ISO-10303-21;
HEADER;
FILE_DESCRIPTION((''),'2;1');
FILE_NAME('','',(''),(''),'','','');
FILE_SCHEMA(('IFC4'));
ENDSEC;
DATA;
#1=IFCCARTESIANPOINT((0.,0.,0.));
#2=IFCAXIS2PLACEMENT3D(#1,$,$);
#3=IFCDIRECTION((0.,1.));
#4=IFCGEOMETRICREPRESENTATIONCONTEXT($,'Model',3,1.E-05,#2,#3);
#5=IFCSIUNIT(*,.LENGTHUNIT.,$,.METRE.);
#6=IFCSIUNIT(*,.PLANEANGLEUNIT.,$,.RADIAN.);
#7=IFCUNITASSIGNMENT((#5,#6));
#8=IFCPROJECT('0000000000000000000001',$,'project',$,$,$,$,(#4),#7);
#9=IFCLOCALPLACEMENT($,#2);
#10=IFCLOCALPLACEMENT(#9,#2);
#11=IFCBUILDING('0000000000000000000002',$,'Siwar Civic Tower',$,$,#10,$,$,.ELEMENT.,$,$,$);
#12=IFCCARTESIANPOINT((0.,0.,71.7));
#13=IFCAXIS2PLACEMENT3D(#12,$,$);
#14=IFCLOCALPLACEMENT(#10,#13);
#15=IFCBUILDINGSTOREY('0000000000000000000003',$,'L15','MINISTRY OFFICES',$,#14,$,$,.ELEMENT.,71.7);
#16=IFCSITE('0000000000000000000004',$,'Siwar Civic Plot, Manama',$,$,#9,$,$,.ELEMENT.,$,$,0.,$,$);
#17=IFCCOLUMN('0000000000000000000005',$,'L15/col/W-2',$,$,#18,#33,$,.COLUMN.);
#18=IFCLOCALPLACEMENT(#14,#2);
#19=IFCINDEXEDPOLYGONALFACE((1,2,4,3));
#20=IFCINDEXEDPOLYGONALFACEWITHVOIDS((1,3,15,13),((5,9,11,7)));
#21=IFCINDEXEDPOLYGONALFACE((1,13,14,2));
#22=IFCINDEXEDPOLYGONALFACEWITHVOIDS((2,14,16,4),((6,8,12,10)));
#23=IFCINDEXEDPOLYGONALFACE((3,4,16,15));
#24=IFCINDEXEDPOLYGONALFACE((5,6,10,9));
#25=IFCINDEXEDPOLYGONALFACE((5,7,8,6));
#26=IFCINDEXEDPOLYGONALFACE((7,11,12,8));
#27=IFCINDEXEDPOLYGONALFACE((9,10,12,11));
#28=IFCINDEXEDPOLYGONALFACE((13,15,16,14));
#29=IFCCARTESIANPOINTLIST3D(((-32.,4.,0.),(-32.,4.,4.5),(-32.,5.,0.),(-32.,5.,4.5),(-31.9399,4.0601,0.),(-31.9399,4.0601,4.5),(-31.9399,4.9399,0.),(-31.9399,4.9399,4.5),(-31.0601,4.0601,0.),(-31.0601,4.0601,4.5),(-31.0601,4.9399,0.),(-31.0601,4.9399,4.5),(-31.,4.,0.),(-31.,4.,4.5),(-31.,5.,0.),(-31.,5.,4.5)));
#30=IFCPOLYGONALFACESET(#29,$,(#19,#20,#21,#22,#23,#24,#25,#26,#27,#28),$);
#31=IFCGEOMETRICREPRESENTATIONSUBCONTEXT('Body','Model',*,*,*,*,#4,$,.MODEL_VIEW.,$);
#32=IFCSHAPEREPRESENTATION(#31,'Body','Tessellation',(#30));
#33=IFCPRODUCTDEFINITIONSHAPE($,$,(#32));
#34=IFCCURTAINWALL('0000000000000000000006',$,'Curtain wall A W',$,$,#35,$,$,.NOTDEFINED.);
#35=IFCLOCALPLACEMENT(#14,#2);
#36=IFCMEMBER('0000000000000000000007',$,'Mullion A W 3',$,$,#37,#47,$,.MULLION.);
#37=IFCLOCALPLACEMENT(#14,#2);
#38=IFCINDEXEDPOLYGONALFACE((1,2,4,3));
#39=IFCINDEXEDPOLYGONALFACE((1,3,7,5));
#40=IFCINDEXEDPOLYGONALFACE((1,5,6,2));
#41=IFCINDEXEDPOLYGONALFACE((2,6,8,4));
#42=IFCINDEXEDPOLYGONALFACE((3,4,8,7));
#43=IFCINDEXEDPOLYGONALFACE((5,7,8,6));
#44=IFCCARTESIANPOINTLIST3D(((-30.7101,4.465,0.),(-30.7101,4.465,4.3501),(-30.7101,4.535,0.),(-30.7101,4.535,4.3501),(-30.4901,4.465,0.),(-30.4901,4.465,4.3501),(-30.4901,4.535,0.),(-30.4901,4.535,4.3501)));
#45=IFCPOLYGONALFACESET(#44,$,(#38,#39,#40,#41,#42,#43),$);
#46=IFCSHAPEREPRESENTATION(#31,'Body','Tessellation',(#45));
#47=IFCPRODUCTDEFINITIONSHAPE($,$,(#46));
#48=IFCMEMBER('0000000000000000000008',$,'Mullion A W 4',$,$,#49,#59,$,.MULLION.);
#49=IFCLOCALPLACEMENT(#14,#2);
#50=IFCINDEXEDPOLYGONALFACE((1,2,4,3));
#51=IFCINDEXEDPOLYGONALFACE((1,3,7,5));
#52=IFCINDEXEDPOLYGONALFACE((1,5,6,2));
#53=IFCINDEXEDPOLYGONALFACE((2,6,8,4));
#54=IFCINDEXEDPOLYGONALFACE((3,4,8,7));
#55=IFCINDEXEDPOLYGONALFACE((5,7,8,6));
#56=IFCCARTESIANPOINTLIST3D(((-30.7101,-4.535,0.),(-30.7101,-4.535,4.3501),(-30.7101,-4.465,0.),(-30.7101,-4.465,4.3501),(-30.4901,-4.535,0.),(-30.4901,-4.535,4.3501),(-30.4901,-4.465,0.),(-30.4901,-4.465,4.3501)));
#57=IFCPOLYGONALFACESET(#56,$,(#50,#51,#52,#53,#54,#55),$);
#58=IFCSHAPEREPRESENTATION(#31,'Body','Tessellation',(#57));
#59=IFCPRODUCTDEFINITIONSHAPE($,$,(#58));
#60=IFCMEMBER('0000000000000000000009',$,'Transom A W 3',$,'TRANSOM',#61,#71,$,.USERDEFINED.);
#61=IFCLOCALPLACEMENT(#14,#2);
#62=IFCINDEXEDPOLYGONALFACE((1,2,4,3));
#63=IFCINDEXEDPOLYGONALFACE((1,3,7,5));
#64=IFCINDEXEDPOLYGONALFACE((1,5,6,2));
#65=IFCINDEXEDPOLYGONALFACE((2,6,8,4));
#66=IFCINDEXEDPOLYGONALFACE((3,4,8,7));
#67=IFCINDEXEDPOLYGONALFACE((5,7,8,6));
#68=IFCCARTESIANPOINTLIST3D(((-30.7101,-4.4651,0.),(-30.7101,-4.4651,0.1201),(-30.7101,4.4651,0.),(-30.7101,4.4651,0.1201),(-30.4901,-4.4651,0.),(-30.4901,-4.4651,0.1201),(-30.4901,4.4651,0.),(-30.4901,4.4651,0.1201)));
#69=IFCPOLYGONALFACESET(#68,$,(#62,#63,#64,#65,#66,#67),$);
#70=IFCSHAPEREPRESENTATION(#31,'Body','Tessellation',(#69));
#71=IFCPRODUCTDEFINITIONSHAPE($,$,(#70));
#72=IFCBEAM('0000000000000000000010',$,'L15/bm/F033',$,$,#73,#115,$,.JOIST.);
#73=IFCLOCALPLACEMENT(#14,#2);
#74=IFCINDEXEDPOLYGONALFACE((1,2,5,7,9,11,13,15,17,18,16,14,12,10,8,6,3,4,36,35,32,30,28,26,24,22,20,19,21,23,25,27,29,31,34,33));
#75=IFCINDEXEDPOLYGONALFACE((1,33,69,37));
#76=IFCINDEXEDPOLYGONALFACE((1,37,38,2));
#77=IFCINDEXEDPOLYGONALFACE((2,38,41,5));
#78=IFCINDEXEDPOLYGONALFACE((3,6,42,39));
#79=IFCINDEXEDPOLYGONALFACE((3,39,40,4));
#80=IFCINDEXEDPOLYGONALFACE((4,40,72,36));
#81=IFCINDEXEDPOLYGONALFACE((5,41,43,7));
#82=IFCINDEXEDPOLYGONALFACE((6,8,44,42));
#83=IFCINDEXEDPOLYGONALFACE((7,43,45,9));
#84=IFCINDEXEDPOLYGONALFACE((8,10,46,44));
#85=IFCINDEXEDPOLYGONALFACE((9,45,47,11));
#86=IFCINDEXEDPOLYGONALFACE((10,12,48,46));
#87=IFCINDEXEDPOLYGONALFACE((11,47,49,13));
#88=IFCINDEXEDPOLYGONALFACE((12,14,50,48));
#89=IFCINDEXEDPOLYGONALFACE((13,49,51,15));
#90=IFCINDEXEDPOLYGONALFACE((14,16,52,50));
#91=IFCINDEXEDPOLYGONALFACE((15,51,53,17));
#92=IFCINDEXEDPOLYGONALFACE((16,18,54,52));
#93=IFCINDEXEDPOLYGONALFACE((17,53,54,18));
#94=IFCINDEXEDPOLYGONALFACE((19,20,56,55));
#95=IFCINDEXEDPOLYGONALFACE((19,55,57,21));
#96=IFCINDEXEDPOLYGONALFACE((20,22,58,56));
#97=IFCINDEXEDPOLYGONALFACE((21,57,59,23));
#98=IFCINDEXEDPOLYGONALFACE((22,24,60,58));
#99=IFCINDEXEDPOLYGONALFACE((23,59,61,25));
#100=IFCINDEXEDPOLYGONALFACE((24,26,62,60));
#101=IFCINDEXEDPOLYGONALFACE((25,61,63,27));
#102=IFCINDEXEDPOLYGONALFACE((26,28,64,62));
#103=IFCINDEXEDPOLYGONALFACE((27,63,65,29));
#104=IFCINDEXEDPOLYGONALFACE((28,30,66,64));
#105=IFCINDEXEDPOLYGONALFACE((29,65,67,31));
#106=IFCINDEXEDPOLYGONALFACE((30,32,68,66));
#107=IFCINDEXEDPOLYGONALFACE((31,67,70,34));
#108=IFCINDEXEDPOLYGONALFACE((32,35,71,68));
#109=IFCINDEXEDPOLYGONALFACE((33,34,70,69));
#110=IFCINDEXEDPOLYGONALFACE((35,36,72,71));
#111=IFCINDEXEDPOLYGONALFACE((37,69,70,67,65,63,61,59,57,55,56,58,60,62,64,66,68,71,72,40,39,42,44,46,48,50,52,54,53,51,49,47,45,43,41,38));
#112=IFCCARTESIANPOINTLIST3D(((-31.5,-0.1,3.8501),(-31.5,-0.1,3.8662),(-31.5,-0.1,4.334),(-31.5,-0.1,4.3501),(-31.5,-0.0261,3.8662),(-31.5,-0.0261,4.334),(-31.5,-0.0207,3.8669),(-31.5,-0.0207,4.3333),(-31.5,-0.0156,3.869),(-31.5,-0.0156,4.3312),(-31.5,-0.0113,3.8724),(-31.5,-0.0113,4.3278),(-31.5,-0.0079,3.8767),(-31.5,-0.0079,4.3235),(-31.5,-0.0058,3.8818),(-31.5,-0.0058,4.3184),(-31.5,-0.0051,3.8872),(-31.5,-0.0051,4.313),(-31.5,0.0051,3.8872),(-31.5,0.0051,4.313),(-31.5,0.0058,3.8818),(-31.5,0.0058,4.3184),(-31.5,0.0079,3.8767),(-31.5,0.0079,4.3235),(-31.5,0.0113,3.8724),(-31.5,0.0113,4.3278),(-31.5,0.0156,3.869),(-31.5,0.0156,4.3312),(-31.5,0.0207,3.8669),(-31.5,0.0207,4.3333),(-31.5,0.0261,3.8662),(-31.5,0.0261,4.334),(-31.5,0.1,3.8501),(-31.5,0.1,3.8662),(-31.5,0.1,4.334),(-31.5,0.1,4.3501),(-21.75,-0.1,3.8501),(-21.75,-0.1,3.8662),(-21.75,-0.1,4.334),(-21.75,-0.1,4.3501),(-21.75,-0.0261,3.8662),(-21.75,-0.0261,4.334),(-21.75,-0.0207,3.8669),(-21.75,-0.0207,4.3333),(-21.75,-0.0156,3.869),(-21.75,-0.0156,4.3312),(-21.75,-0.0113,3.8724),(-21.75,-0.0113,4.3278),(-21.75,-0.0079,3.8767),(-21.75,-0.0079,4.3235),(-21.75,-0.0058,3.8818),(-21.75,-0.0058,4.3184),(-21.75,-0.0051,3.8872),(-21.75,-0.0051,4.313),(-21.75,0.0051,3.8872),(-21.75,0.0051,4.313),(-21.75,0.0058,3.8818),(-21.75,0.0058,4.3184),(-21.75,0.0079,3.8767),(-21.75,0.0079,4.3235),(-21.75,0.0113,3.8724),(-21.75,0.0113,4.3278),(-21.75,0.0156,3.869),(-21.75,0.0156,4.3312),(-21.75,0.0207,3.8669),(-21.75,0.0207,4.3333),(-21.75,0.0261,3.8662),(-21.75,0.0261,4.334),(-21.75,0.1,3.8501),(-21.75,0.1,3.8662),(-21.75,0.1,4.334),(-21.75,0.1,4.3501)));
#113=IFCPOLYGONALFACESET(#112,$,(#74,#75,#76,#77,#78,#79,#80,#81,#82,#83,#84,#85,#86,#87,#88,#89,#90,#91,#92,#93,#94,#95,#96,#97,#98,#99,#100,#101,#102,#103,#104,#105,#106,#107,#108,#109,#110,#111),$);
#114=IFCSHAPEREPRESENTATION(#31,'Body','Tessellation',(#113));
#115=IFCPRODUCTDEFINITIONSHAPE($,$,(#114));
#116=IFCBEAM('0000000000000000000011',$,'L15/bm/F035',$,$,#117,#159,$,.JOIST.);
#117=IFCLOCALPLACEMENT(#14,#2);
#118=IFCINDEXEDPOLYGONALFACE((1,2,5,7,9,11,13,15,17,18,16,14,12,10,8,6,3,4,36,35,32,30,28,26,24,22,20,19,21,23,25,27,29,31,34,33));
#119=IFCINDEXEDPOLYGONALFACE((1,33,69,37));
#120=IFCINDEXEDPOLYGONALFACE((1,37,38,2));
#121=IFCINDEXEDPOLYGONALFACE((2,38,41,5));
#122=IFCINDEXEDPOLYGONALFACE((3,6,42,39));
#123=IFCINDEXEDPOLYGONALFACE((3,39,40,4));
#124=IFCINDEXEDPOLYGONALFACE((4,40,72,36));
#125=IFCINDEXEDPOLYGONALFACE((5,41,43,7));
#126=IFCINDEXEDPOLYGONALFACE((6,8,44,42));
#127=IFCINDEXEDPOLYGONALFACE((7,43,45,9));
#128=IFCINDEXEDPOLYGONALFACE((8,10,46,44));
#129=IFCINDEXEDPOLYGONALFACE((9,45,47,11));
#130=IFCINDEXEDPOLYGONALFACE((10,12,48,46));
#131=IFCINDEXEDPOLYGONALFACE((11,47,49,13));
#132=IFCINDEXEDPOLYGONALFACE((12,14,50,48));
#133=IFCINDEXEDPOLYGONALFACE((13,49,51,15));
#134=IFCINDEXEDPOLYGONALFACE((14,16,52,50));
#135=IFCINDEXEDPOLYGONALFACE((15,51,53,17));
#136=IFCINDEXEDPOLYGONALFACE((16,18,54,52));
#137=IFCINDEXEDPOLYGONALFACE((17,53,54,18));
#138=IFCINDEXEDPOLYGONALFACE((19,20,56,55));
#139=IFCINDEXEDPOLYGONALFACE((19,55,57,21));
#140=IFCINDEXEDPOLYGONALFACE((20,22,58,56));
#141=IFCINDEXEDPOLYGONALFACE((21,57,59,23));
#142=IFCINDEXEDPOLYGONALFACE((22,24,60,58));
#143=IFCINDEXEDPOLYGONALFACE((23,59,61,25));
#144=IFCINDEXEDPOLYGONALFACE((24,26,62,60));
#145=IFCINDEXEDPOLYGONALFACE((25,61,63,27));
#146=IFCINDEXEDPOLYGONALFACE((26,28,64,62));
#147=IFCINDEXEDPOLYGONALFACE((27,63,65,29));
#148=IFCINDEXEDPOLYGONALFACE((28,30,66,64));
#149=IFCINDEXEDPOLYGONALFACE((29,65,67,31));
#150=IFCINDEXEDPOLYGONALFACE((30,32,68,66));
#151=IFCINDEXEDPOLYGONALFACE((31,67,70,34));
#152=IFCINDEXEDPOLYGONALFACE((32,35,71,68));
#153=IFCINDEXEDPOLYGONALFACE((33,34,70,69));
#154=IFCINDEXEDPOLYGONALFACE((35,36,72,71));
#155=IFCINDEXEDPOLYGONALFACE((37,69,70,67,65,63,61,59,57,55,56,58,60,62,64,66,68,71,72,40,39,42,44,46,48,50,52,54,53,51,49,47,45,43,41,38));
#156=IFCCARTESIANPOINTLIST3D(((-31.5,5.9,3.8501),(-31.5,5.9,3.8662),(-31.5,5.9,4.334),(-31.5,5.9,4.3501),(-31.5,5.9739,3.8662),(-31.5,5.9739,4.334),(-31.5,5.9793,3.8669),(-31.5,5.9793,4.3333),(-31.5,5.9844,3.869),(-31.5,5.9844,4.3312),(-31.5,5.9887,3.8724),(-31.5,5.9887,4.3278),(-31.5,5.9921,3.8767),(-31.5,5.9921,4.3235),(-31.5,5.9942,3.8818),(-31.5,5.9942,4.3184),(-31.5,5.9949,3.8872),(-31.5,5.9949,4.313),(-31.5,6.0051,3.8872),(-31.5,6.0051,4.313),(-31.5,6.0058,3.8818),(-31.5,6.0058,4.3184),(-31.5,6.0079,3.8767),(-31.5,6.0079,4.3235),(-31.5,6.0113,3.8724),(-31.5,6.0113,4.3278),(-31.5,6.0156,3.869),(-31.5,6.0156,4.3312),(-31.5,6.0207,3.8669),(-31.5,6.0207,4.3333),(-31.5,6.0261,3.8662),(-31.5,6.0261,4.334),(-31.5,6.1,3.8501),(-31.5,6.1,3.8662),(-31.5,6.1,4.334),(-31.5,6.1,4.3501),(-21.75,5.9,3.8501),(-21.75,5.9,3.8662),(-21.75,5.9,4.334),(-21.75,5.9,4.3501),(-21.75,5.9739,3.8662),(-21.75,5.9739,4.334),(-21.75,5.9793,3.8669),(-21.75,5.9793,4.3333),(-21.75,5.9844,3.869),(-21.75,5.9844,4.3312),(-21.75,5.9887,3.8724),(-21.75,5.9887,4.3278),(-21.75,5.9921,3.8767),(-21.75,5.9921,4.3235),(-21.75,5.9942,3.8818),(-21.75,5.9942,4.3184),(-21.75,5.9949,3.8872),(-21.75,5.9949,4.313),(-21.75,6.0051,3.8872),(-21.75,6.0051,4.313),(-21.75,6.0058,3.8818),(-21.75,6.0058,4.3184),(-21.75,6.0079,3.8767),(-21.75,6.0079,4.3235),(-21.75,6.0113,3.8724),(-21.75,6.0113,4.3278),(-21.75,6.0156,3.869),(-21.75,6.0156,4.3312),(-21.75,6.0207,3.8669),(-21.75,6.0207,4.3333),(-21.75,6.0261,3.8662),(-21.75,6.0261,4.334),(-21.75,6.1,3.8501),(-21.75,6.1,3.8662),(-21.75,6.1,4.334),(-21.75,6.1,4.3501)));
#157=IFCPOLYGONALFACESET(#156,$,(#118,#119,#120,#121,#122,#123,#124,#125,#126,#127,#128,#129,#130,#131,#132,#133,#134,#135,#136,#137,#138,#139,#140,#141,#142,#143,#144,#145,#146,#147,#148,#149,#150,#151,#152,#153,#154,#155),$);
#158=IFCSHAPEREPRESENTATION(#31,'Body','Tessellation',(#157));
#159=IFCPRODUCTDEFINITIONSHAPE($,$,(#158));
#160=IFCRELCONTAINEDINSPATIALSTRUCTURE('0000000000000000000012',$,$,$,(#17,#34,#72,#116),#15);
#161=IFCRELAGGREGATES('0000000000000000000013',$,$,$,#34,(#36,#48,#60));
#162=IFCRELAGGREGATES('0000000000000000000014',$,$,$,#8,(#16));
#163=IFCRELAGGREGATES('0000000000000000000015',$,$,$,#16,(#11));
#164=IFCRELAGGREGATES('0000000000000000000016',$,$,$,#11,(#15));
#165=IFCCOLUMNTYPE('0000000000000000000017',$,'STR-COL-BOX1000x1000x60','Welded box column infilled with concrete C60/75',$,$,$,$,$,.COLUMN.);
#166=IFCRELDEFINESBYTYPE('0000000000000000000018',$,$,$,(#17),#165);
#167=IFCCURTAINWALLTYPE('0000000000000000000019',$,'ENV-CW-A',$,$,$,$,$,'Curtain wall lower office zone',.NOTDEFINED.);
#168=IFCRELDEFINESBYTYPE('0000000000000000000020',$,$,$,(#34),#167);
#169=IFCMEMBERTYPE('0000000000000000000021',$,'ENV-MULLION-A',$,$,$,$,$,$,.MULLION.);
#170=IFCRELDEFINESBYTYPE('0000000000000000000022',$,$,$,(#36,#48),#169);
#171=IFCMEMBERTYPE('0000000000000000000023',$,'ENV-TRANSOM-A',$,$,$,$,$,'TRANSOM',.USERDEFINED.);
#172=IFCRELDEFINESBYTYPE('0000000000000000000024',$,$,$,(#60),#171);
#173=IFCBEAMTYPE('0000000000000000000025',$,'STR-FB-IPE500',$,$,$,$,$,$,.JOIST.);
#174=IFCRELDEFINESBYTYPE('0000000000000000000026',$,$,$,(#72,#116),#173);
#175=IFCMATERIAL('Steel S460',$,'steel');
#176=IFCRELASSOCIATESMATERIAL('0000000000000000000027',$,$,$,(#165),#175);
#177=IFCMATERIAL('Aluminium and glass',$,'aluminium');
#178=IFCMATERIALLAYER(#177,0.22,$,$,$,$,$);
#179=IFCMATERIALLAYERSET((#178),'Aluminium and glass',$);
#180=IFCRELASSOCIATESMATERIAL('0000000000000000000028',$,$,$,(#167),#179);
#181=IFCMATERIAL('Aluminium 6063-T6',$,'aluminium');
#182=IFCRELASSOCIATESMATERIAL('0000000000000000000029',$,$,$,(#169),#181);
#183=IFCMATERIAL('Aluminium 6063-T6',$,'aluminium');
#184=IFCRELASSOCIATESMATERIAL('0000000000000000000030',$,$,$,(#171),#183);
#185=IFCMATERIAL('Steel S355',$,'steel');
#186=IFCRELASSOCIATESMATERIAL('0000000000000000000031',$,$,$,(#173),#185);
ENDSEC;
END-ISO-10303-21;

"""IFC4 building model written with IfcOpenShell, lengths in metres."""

from ifc_helpers import new_model, si_unit, direction, frame, origin, origin_2d, place, context, subcontext, project, spatial, rectangle, hollow_rectangle, i_section, extrude, material, layer, layer_set, material_profile, profile_set, type_object, element, aggregate, save


model = new_model("IFC4")

# Units and contexts
model_context = context("Model", 3, precision=1e-05, world=origin(), true_north=direction((0.0, 1.0)))
body_context = subcontext(model_context, "Body", "Model", "MODEL_VIEW")
ifc_project = project(units=[si_unit("LENGTHUNIT", "METRE"), si_unit("PLANEANGLEUNIT", "RADIAN")], contexts=[model_context])

# Site, building, storey
site_placement = place(None, origin())
site = spatial("IfcSite", under=ifc_project, at=site_placement, Name="Siwar Civic Plot, Manama", CompositionType="ELEMENT", RefElevation=0.0)
building_placement = place(site_placement, origin())
building = spatial("IfcBuilding", under=site, at=building_placement, Name="Siwar Civic Tower", CompositionType="ELEMENT")
storey_placement = place(building_placement, frame((0.0, 0.0, 71.7)))
storey = spatial("IfcBuildingStorey", under=building, at=storey_placement, Name="L15", Description="MINISTRY OFFICES", CompositionType="ELEMENT", Elevation=71.7)

# Column
ifc_material_1 = material(Name="Steel S460", Category="steel")
ifc_material_profile_1 = material_profile(ifc_material_1, hollow_rectangle(XDim=1.0, YDim=1.0, WallThickness=0.0601, at=origin_2d()), Name="BOX1000x1000x60")
ifc_profile_set_1 = profile_set([ifc_material_profile_1], Name="Steel S460")
column_type = type_object("IfcColumnType", Name="STR-COL-BOX1000x1000x60", Description="Welded box column infilled with concrete C60/75", PredefinedType="COLUMN", material=ifc_profile_set_1)
column_placement = place(storey_placement, frame((-31.5, 4.5, 0.0), z_axis=(0.0, 0.0, 1.0), x_axis=(1.0, 0.0, 0.0)))
element("IfcColumn", 1, at=column_placement, inside=storey, type_object=column_type, Name="L15/col/W-2", PredefinedType="COLUMN", context=body_context, shape_type="SweptSolid", body=[
    extrude(hollow_rectangle(XDim=1.0, YDim=1.0, WallThickness=0.0601, at=origin_2d()), origin(), (0.0, 0.0, 1.0), 4.5),
])

# Curtain wall, members
ifc_material_2 = material(Name="Aluminium and glass", Category="aluminium")
ifc_layer_1 = layer(ifc_material_2, 0.22)
ifc_layer_set_1 = layer_set([ifc_layer_1], Name="Aluminium and glass")
curtain_wall_type = type_object("IfcCurtainWallType", Name="ENV-CW-A", ElementType="Curtain wall lower office zone", PredefinedType="NOTDEFINED", material=ifc_layer_set_1)
curtain_wall_placement = place(storey_placement, origin())
curtain_wall = element("IfcCurtainWall", 2, at=curtain_wall_placement, inside=storey, type_object=curtain_wall_type, Name="Curtain wall A W", PredefinedType="NOTDEFINED")
ifc_material_3 = material(Name="Aluminium 6063-T6", Category="aluminium")
ifc_material_profile_2 = material_profile(ifc_material_3, rectangle(XDim=0.22, YDim=0.0701, at=origin_2d()), Name="AL 220x70")
ifc_profile_set_2 = profile_set([ifc_material_profile_2], Name="Aluminium 6063-T6")
member_type_1 = type_object("IfcMemberType", Name="ENV-MULLION-A", PredefinedType="MULLION", material=ifc_profile_set_2)
member_1_placement = place(storey_placement, frame((-30.6001, 4.5, 0.0), z_axis=(0.0, 0.0, 1.0), x_axis=(1.0, 0.0, 0.0)))
member_1 = element("IfcMember", 3, at=member_1_placement, type_object=member_type_1, Name="Mullion A W 3", PredefinedType="MULLION", context=body_context, shape_type="SweptSolid", body=[
    extrude(rectangle(XDim=0.22, YDim=0.0701, at=origin_2d()), origin(), (0.0, 0.0, 1.0), 4.3501),
])
member_2_placement = place(storey_placement, frame((-30.6001, -4.5, 0.0), z_axis=(0.0, 0.0, 1.0), x_axis=(1.0, 0.0, 0.0)))
member_2 = element("IfcMember", 4, at=member_2_placement, type_object=member_type_1, Name="Mullion A W 4", PredefinedType="MULLION", context=body_context, shape_type="SweptSolid", body=[
    extrude(rectangle(XDim=0.22, YDim=0.0701, at=origin_2d()), origin(), (0.0, 0.0, 1.0), 4.3501),
])
ifc_material_4 = material(Name="Aluminium 6063-T6", Category="aluminium")
ifc_material_profile_3 = material_profile(ifc_material_4, rectangle(XDim=0.22, YDim=0.1201, at=origin_2d()), Name="AL 220x120")
ifc_profile_set_3 = profile_set([ifc_material_profile_3], Name="Aluminium 6063-T6")
member_type_2 = type_object("IfcMemberType", Name="ENV-TRANSOM-A", ElementType="TRANSOM", PredefinedType="USERDEFINED", material=ifc_profile_set_3)
member_3_placement = place(storey_placement, frame((-30.6001, 4.4651, 0.0601), z_axis=(0.0, -1.0, 0.0), x_axis=(1.0, 0.0, 0.0)))
member_3 = element("IfcMember", 5, at=member_3_placement, type_object=member_type_2, Name="Transom A W 3", ObjectType="TRANSOM", PredefinedType="USERDEFINED", context=body_context, shape_type="SweptSolid", body=[
    extrude(rectangle(XDim=0.22, YDim=0.1201, at=origin_2d()), origin(), (0.0, 0.0, 1.0), 8.9302),
])

# Beams
ifc_material_5 = material(Name="Steel S355", Category="steel")
ifc_material_profile_4 = material_profile(ifc_material_5, i_section(OverallWidth=0.2, OverallDepth=0.5, WebThickness=0.0103, FlangeThickness=0.0161, FilletRadius=0.021, at=origin_2d()), Name="IPE500")
ifc_profile_set_4 = profile_set([ifc_material_profile_4], Name="Steel S355")
beam_type_1 = type_object("IfcBeamType", Name="STR-FB-IPE500", PredefinedType="JOIST", material=ifc_profile_set_4)
for number, where, z_axis, x_axis, name in (
    (6, (-31.5, 0.0, 4.1001), (1.0, 0.0, 0.0), (0.0, 1.0, 0.0), "L15/bm/F033"),
    (7, (-31.5, 6.0, 4.1001), (1.0, 0.0, 0.0), (0.0, 1.0, 0.0), "L15/bm/F035"),
):
    element("IfcBeam", number, at=place(storey_placement, frame(where, z_axis=z_axis, x_axis=x_axis)), inside=storey, type_object=beam_type_1, Name=name, PredefinedType="JOIST", context=body_context, shape_type="SweptSolid", body=[
        extrude(i_section(OverallWidth=0.2, OverallDepth=0.5, WebThickness=0.0103, FlangeThickness=0.0161, FilletRadius=0.021, at=origin_2d()), origin(), (0.0, 0.0, 1.0), 9.75),
    ])

aggregate(curtain_wall, [member_1, member_2, member_3])

save(model, "model.ifc")
